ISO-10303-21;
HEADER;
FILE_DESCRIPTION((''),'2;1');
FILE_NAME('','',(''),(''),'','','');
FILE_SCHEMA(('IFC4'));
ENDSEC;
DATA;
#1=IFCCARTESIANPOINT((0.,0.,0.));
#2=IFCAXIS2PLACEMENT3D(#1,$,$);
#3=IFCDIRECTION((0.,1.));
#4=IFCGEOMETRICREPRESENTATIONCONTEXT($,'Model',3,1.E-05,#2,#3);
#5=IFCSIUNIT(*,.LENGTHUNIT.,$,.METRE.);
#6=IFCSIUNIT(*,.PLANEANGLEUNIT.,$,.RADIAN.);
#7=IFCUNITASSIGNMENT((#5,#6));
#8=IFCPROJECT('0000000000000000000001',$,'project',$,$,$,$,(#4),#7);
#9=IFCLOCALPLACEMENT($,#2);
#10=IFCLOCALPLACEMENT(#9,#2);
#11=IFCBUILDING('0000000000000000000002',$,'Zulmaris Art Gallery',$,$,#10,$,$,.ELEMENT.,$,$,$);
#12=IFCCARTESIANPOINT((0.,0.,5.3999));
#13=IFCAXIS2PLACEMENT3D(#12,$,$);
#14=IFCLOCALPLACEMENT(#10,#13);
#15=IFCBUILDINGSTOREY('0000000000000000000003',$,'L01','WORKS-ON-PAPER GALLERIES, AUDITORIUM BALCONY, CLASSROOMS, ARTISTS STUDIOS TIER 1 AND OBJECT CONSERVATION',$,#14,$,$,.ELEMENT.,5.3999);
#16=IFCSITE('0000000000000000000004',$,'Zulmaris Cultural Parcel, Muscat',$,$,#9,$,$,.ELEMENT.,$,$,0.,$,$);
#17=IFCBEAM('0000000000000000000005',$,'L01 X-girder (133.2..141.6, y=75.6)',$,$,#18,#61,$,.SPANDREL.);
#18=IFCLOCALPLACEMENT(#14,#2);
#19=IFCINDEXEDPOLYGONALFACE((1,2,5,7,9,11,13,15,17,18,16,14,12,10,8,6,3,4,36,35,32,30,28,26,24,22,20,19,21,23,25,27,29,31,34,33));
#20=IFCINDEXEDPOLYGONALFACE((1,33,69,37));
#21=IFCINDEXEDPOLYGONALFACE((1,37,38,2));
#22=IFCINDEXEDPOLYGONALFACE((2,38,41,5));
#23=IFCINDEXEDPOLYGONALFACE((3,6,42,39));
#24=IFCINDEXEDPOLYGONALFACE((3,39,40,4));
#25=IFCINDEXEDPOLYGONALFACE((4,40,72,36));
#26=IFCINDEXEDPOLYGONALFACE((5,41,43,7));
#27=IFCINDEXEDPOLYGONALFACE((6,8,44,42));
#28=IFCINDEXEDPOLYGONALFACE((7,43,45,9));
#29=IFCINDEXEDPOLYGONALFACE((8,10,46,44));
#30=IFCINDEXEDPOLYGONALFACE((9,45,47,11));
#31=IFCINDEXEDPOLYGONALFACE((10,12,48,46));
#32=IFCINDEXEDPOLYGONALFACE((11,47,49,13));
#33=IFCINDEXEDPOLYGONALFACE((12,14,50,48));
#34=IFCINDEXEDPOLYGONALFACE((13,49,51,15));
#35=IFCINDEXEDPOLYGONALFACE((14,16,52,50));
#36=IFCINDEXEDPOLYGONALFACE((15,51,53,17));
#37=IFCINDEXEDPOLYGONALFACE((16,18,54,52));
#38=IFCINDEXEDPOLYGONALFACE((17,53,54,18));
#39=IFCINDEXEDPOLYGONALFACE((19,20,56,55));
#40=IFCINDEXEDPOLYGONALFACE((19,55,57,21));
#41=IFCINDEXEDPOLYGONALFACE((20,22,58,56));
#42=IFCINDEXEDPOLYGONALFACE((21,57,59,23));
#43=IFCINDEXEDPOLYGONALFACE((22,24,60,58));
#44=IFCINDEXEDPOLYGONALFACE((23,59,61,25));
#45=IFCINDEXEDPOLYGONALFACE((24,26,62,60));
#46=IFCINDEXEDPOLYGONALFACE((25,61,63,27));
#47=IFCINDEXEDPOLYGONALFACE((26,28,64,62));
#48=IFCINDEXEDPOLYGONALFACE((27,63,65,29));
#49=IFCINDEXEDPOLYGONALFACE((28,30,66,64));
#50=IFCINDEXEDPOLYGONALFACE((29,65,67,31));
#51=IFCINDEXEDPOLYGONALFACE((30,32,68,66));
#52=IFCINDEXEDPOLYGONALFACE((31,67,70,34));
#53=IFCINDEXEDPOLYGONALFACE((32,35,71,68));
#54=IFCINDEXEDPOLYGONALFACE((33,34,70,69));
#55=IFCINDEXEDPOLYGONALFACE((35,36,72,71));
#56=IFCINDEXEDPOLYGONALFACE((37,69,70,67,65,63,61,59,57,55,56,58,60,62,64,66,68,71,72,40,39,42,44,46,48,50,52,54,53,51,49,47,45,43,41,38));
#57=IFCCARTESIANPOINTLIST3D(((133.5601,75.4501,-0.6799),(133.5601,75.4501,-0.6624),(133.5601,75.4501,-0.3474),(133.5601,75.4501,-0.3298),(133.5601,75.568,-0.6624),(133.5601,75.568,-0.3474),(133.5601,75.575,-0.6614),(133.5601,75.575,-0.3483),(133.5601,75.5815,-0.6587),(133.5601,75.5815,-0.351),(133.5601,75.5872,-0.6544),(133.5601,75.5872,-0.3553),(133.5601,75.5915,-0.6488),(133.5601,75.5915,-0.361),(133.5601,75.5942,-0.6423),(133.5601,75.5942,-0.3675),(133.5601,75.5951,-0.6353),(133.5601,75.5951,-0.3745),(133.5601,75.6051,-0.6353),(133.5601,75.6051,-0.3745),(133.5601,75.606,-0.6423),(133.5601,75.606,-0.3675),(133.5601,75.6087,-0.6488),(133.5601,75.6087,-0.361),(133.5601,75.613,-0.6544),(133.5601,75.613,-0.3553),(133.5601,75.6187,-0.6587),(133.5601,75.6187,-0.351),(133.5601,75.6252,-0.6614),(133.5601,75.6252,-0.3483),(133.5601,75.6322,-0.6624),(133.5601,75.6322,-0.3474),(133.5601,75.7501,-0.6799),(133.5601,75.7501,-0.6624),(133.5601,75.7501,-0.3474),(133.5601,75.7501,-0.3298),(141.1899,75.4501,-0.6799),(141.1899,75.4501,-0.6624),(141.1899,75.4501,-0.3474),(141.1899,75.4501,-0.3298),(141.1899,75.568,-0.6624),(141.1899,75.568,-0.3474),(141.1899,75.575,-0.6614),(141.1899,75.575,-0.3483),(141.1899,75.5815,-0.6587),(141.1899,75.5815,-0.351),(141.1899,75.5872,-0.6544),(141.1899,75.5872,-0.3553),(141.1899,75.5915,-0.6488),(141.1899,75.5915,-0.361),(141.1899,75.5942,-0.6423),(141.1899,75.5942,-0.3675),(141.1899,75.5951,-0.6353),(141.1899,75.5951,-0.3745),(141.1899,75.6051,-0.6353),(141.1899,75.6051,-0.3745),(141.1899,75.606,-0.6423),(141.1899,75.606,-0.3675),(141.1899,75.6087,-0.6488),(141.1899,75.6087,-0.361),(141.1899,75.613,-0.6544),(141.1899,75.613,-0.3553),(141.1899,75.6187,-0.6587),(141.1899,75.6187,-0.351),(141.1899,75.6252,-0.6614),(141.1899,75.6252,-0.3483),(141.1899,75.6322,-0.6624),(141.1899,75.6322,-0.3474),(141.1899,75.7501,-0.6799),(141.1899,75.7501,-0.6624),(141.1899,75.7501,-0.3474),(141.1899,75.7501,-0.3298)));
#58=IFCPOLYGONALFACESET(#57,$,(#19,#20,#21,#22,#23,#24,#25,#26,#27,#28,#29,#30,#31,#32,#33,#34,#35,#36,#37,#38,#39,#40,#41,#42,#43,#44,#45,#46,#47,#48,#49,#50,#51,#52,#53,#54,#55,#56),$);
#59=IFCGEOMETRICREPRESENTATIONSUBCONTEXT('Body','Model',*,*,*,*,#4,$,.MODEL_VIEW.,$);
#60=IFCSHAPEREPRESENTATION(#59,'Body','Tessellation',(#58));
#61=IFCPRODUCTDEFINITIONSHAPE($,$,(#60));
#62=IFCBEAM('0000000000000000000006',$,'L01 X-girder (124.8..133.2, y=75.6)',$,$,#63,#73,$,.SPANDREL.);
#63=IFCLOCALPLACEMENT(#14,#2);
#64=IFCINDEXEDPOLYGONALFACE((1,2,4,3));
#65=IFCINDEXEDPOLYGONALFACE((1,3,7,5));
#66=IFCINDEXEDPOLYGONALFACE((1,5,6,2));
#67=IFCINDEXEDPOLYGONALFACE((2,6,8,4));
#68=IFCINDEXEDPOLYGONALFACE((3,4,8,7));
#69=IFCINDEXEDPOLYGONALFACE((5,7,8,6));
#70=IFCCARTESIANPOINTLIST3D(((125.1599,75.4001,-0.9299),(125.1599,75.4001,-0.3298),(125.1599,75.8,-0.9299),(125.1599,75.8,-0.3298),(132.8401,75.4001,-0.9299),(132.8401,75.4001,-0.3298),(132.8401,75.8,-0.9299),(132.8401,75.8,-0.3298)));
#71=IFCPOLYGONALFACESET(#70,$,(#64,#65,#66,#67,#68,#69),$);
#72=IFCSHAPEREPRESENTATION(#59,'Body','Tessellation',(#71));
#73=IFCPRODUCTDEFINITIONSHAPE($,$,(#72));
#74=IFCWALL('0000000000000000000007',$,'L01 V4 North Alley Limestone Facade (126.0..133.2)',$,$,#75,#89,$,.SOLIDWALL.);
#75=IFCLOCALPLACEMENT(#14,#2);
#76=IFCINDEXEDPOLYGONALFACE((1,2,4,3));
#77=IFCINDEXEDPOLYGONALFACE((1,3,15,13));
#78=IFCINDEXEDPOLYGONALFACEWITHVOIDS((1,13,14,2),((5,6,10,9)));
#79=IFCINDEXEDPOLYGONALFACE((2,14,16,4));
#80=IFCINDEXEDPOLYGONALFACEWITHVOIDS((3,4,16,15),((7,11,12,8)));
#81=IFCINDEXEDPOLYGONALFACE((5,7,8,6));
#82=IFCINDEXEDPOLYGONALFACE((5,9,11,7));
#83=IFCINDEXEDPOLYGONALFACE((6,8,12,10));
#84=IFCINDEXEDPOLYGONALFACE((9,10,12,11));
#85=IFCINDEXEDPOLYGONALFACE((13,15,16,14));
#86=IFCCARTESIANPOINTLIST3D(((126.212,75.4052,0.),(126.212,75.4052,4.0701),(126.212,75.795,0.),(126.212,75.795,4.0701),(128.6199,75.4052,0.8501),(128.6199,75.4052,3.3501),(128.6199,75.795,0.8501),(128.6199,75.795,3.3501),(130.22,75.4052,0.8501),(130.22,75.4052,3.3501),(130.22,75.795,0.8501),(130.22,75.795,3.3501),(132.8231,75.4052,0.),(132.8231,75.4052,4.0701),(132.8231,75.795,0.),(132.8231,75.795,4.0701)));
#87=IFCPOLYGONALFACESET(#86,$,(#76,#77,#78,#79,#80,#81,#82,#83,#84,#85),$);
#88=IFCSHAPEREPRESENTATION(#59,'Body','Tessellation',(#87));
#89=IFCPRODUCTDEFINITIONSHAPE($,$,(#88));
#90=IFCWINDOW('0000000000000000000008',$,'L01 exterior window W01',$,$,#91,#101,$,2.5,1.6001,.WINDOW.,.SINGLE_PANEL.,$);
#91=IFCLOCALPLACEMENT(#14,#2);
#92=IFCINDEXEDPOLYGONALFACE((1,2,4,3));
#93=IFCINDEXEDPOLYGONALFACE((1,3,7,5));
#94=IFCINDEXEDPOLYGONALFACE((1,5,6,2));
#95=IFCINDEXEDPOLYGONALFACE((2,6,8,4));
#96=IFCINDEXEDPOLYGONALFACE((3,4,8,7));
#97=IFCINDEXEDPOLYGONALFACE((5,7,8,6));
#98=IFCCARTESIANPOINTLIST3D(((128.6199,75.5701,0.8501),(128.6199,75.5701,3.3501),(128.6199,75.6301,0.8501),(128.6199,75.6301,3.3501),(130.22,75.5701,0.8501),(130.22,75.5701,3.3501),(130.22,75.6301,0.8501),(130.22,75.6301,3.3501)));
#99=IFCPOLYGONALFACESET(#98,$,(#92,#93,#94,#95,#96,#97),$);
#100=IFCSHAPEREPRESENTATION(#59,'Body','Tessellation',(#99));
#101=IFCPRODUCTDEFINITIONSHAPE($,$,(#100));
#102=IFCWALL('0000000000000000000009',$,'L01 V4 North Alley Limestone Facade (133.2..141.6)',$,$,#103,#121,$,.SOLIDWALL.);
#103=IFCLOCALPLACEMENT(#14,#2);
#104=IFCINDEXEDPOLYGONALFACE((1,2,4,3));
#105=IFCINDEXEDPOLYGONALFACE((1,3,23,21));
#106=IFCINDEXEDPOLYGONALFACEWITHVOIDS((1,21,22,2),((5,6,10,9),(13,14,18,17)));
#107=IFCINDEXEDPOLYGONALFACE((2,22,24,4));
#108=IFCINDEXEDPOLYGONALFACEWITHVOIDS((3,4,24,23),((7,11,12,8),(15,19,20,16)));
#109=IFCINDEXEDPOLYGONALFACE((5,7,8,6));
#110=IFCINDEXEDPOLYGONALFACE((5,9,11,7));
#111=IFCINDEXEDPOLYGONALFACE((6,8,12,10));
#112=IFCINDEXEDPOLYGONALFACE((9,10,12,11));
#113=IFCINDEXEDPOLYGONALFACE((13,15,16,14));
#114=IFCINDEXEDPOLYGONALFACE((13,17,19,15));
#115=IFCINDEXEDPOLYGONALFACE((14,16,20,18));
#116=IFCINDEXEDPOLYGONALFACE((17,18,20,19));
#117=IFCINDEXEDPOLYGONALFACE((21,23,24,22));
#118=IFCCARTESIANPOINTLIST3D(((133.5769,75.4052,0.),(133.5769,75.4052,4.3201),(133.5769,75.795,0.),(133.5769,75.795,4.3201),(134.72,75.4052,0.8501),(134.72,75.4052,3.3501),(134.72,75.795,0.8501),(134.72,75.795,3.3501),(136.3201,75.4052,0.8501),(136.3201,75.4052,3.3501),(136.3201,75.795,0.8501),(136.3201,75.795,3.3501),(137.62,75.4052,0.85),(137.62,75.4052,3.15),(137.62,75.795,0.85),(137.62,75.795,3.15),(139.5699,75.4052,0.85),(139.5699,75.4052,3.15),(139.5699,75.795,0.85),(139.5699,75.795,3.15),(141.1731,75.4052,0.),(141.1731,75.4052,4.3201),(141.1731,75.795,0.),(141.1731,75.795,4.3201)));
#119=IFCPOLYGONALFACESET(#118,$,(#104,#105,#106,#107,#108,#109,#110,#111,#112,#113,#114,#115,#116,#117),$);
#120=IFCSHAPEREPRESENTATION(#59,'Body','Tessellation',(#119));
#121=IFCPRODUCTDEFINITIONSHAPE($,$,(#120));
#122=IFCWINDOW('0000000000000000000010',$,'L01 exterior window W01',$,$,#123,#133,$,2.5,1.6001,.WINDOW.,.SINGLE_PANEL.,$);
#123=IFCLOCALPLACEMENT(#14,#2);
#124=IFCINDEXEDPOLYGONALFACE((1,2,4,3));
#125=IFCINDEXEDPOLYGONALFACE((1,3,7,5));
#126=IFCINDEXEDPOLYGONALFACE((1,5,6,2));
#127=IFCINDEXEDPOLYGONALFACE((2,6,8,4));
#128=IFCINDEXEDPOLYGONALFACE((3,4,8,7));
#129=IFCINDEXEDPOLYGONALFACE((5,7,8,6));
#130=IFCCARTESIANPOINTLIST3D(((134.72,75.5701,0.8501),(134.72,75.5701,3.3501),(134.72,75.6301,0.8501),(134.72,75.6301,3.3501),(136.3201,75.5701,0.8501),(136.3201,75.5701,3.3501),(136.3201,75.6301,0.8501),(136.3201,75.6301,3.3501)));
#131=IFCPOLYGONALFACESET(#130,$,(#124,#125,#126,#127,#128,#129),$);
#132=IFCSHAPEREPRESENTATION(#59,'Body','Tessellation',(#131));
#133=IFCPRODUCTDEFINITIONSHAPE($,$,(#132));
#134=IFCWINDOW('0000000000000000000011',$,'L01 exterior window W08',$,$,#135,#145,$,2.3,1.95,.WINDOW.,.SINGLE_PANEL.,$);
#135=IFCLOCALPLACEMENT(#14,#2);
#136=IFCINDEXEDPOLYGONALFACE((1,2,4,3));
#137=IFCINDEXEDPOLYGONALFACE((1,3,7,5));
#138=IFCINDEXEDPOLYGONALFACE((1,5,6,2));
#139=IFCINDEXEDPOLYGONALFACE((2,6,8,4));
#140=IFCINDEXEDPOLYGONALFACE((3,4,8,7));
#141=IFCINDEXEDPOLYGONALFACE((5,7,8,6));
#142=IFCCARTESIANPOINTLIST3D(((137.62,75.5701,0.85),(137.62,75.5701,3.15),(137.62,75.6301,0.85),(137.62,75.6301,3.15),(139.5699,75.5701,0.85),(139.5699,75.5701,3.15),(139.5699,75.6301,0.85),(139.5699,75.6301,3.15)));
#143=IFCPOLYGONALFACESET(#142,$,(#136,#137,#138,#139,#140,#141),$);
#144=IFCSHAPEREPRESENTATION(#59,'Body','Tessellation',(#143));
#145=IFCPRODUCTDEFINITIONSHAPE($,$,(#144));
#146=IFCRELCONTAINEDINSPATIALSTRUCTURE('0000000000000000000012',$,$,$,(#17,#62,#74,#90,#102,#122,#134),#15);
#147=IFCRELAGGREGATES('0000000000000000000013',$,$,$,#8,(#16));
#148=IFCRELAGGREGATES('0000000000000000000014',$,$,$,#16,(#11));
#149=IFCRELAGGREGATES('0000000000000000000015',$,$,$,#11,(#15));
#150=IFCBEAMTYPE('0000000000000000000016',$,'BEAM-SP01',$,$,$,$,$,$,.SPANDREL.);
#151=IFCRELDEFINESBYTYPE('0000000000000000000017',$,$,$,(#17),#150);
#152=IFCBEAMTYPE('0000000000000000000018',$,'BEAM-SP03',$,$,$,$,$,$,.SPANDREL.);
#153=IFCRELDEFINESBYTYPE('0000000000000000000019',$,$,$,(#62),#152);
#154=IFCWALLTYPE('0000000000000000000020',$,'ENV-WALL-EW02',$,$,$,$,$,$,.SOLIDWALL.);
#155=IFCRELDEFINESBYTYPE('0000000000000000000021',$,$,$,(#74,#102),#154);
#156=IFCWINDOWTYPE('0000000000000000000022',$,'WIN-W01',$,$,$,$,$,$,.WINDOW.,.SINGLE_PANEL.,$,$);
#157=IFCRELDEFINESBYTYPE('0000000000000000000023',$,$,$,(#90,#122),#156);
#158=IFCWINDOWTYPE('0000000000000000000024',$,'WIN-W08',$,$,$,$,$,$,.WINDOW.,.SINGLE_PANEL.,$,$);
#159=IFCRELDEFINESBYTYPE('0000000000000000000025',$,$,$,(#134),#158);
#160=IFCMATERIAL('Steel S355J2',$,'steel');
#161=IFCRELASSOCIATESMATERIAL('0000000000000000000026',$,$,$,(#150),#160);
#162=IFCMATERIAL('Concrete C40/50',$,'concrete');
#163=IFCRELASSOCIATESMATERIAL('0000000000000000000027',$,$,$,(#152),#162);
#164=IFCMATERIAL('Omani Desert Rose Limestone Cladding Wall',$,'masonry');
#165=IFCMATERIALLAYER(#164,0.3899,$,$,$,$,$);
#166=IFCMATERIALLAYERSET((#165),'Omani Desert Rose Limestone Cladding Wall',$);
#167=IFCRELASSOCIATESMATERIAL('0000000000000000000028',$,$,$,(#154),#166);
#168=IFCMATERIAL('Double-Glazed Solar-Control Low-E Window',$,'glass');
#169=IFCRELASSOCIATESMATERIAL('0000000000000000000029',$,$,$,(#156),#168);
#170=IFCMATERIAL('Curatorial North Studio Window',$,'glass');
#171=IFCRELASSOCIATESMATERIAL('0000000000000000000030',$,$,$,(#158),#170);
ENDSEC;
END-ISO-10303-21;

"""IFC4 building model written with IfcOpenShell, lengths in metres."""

from ifc_helpers import new_model, si_unit, direction, frame, frame_2d, origin, origin_2d, place, context, subcontext, project, spatial, rectangle, i_section, extrude, material, layer, layer_set, material_profile, profile_set, type_object, element, fill, save


model = new_model("IFC4")

# Units and contexts
model_context = context("Model", 3, precision=1e-05, world=origin(), true_north=direction((0.0, 1.0)))
body_context = subcontext(model_context, "Body", "Model", "MODEL_VIEW")
ifc_project = project(units=[si_unit("LENGTHUNIT", "METRE"), si_unit("PLANEANGLEUNIT", "RADIAN")], contexts=[model_context])

# Site, building, storey
site_placement = place(None, origin())
site = spatial("IfcSite", under=ifc_project, at=site_placement, Name="Zulmaris Cultural Parcel, Muscat", CompositionType="ELEMENT", RefElevation=0.0)
building_placement = place(site_placement, origin())
building = spatial("IfcBuilding", under=site, at=building_placement, Name="Zulmaris Art Gallery", CompositionType="ELEMENT")
storey_placement = place(building_placement, frame((0.0, 0.0, 5.3999)))
storey = spatial("IfcBuildingStorey", under=building, at=storey_placement, Name="L01", Description="WORKS-ON-PAPER GALLERIES, AUDITORIUM BALCONY, CLASSROOMS, ARTISTS STUDIOS TIER 1 AND OBJECT CONSERVATION", CompositionType="ELEMENT", Elevation=5.3999)

# Shared definitions
ifc_material_1 = material(Name="Concrete C40/50", Category="concrete")

# Beams
ifc_material_2 = material(Name="Steel S355J2", Category="steel")
ifc_material_profile_1 = material_profile(ifc_material_2, i_section(OverallWidth=0.3, OverallDepth=0.3501, WebThickness=0.01, FlangeThickness=0.0176, FilletRadius=0.0271, at=origin_2d()), Name="HEA 360")
ifc_profile_set_1 = profile_set([ifc_material_profile_1], Name="Steel S355J2")
beam_type_1 = type_object("IfcBeamType", Name="BEAM-SP01", PredefinedType="SPANDREL", material=ifc_profile_set_1)
beam_1_placement = place(storey_placement, frame((133.5601, 75.6001, -0.5049), z_axis=(1.0, 0.0, 0.0), x_axis=(0.0, 1.0, 0.0)))
element("IfcBeam", 1, at=beam_1_placement, inside=storey, type_object=beam_type_1, Name="L01 X-girder (133.2..141.6, y=75.6)", PredefinedType="SPANDREL", context=body_context, shape_type="SweptSolid", body=[
    extrude(i_section(OverallWidth=0.3, OverallDepth=0.3501, WebThickness=0.01, FlangeThickness=0.0176, FilletRadius=0.0271, at=origin_2d()), origin(), (0.0, 0.0, 1.0), 7.6299),
])
ifc_material_profile_2 = material_profile(ifc_material_1, rectangle(XDim=0.3999, YDim=0.6001, at=origin_2d()), Name="RC 400x600")
ifc_profile_set_2 = profile_set([ifc_material_profile_2], Name="Concrete C40/50")
beam_type_2 = type_object("IfcBeamType", Name="BEAM-SP03", PredefinedType="SPANDREL", material=ifc_profile_set_2)
beam_2_placement = place(storey_placement, frame((125.1599, 75.6001, -0.6299), z_axis=(1.0, 0.0, 0.0), x_axis=(0.0, 1.0, 0.0)))
element("IfcBeam", 2, at=beam_2_placement, inside=storey, type_object=beam_type_2, Name="L01 X-girder (124.8..133.2, y=75.6)", PredefinedType="SPANDREL", context=body_context, shape_type="SweptSolid", body=[
    extrude(rectangle(XDim=0.3999, YDim=0.6001, at=origin_2d()), origin(), (0.0, 0.0, 1.0), 7.6802),
])

# Wall, opening, window
ifc_material_3 = material(Name="Omani Desert Rose Limestone Cladding Wall", Category="masonry")
ifc_layer_1 = layer(ifc_material_3, 0.3899)
ifc_layer_set_1 = layer_set([ifc_layer_1], Name="Omani Desert Rose Limestone Cladding Wall")
wall_type_1 = type_object("IfcWallType", Name="ENV-WALL-EW02", PredefinedType="SOLIDWALL", material=ifc_layer_set_1)
wall_1_placement = place(storey_placement, frame((126.2119, 75.6001, 0.0), z_axis=(0.0, 0.0, 1.0), x_axis=(1.0, 0.0, 0.0)))
wall_1 = element("IfcWall", 3, at=wall_1_placement, inside=storey, type_object=wall_type_1, Name="L01 V4 North Alley Limestone Facade (126.0..133.2)", PredefinedType="SOLIDWALL", context=body_context, shape_type="SweptSolid", body=[
    extrude(rectangle(XDim=6.6111, YDim=0.3899, at=frame_2d((3.3057, 0.0))), origin(), (0.0, 0.0, 1.0), 4.0701),
])
opening_1_placement = place(wall_1_placement, frame((2.408, 0.0, 0.8501)))
opening_1 = element("IfcOpeningElement", 4, at=opening_1_placement, cuts=wall_1, PredefinedType="OPENING", context=body_context, shape_type="SweptSolid", body=[
    extrude(rectangle(XDim=1.6001, YDim=2.5, at=frame_2d((0.8, 1.25))), frame((0.0, 0.2048, 0.0), z_axis=(0.0, -1.0, 0.0), x_axis=(1.0, 0.0, 0.0)), (0.0, 0.0, 1.0), 0.4099),
])
ifc_material_4 = material(Name="Double-Glazed Solar-Control Low-E Window", Category="glass")
window_type_1 = type_object("IfcWindowType", Name="WIN-W01", PartitioningType="SINGLE_PANEL", PredefinedType="WINDOW", material=ifc_material_4)
window_1_placement = place(opening_1_placement, origin())
window_1 = element("IfcWindow", 5, at=window_1_placement, inside=storey, type_object=window_type_1, Name="L01 exterior window W01", OverallHeight=2.5, OverallWidth=1.6001, PartitioningType="SINGLE_PANEL", PredefinedType="WINDOW", context=body_context, shape_type="SweptSolid", body=[
    extrude(rectangle(XDim=1.6001, YDim=2.5, at=frame_2d((0.8, 1.25))), frame((0.0, 0.03, 0.0), z_axis=(0.0, -1.0, 0.0), x_axis=(1.0, 0.0, 0.0)), (0.0, 0.0, 1.0), 0.0601),
])
fill(opening_1, window_1)

# Wall, openings, windows
wall_2_placement = place(storey_placement, frame((133.5769, 75.6001, 0.0), z_axis=(0.0, 0.0, 1.0), x_axis=(1.0, 0.0, 0.0)))
wall_2 = element("IfcWall", 6, at=wall_2_placement, inside=storey, type_object=wall_type_1, Name="L01 V4 North Alley Limestone Facade (133.2..141.6)", PredefinedType="SOLIDWALL", context=body_context, shape_type="SweptSolid", body=[
    extrude(rectangle(XDim=7.5962, YDim=0.3899, at=frame_2d((3.7981, 0.0))), origin(), (0.0, 0.0, 1.0), 4.3201),
])
opening_2_placement = place(wall_2_placement, frame((1.1431, 0.0, 0.8501)))
opening_2 = element("IfcOpeningElement", 7, at=opening_2_placement, cuts=wall_2, PredefinedType="OPENING", context=body_context, shape_type="SweptSolid", body=[
    extrude(rectangle(XDim=1.6001, YDim=2.5, at=frame_2d((0.8, 1.25))), frame((0.0, 0.2048, 0.0), z_axis=(0.0, -1.0, 0.0), x_axis=(1.0, 0.0, 0.0)), (0.0, 0.0, 1.0), 0.4099),
])
opening_3_placement = place(wall_2_placement, frame((4.043, 0.0, 0.8501)))
opening_3 = element("IfcOpeningElement", 8, at=opening_3_placement, cuts=wall_2, PredefinedType="OPENING", context=body_context, shape_type="SweptSolid", body=[
    extrude(rectangle(XDim=1.95, YDim=2.3, at=frame_2d((0.9751, 1.1499))), frame((0.0, 0.2048, 0.0), z_axis=(0.0, -1.0, 0.0), x_axis=(1.0, 0.0, 0.0)), (0.0, 0.0, 1.0), 0.4099),
])
window_2_placement = place(opening_2_placement, origin())
window_2 = element("IfcWindow", 9, at=window_2_placement, inside=storey, type_object=window_type_1, Name="L01 exterior window W01", OverallHeight=2.5, OverallWidth=1.6001, PartitioningType="SINGLE_PANEL", PredefinedType="WINDOW", context=body_context, shape_type="SweptSolid", body=[
    extrude(rectangle(XDim=1.6001, YDim=2.5, at=frame_2d((0.8, 1.25))), frame((0.0, 0.03, 0.0), z_axis=(0.0, -1.0, 0.0), x_axis=(1.0, 0.0, 0.0)), (0.0, 0.0, 1.0), 0.0601),
])
fill(opening_2, window_2)
ifc_material_5 = material(Name="Curatorial North Studio Window", Category="glass")
window_type_2 = type_object("IfcWindowType", Name="WIN-W08", PartitioningType="SINGLE_PANEL", PredefinedType="WINDOW", material=ifc_material_5)
window_3_placement = place(opening_3_placement, origin())
window_3 = element("IfcWindow", 10, at=window_3_placement, inside=storey, type_object=window_type_2, Name="L01 exterior window W08", OverallHeight=2.3, OverallWidth=1.95, PartitioningType="SINGLE_PANEL", PredefinedType="WINDOW", context=body_context, shape_type="SweptSolid", body=[
    extrude(rectangle(XDim=1.95, YDim=2.3, at=frame_2d((0.9751, 1.1499))), frame((0.0, 0.03, 0.0), z_axis=(0.0, -1.0, 0.0), x_axis=(1.0, 0.0, 0.0)), (0.0, 0.0, 1.0), 0.0601),
])
fill(opening_3, window_3)

save(model, "model.ifc")
